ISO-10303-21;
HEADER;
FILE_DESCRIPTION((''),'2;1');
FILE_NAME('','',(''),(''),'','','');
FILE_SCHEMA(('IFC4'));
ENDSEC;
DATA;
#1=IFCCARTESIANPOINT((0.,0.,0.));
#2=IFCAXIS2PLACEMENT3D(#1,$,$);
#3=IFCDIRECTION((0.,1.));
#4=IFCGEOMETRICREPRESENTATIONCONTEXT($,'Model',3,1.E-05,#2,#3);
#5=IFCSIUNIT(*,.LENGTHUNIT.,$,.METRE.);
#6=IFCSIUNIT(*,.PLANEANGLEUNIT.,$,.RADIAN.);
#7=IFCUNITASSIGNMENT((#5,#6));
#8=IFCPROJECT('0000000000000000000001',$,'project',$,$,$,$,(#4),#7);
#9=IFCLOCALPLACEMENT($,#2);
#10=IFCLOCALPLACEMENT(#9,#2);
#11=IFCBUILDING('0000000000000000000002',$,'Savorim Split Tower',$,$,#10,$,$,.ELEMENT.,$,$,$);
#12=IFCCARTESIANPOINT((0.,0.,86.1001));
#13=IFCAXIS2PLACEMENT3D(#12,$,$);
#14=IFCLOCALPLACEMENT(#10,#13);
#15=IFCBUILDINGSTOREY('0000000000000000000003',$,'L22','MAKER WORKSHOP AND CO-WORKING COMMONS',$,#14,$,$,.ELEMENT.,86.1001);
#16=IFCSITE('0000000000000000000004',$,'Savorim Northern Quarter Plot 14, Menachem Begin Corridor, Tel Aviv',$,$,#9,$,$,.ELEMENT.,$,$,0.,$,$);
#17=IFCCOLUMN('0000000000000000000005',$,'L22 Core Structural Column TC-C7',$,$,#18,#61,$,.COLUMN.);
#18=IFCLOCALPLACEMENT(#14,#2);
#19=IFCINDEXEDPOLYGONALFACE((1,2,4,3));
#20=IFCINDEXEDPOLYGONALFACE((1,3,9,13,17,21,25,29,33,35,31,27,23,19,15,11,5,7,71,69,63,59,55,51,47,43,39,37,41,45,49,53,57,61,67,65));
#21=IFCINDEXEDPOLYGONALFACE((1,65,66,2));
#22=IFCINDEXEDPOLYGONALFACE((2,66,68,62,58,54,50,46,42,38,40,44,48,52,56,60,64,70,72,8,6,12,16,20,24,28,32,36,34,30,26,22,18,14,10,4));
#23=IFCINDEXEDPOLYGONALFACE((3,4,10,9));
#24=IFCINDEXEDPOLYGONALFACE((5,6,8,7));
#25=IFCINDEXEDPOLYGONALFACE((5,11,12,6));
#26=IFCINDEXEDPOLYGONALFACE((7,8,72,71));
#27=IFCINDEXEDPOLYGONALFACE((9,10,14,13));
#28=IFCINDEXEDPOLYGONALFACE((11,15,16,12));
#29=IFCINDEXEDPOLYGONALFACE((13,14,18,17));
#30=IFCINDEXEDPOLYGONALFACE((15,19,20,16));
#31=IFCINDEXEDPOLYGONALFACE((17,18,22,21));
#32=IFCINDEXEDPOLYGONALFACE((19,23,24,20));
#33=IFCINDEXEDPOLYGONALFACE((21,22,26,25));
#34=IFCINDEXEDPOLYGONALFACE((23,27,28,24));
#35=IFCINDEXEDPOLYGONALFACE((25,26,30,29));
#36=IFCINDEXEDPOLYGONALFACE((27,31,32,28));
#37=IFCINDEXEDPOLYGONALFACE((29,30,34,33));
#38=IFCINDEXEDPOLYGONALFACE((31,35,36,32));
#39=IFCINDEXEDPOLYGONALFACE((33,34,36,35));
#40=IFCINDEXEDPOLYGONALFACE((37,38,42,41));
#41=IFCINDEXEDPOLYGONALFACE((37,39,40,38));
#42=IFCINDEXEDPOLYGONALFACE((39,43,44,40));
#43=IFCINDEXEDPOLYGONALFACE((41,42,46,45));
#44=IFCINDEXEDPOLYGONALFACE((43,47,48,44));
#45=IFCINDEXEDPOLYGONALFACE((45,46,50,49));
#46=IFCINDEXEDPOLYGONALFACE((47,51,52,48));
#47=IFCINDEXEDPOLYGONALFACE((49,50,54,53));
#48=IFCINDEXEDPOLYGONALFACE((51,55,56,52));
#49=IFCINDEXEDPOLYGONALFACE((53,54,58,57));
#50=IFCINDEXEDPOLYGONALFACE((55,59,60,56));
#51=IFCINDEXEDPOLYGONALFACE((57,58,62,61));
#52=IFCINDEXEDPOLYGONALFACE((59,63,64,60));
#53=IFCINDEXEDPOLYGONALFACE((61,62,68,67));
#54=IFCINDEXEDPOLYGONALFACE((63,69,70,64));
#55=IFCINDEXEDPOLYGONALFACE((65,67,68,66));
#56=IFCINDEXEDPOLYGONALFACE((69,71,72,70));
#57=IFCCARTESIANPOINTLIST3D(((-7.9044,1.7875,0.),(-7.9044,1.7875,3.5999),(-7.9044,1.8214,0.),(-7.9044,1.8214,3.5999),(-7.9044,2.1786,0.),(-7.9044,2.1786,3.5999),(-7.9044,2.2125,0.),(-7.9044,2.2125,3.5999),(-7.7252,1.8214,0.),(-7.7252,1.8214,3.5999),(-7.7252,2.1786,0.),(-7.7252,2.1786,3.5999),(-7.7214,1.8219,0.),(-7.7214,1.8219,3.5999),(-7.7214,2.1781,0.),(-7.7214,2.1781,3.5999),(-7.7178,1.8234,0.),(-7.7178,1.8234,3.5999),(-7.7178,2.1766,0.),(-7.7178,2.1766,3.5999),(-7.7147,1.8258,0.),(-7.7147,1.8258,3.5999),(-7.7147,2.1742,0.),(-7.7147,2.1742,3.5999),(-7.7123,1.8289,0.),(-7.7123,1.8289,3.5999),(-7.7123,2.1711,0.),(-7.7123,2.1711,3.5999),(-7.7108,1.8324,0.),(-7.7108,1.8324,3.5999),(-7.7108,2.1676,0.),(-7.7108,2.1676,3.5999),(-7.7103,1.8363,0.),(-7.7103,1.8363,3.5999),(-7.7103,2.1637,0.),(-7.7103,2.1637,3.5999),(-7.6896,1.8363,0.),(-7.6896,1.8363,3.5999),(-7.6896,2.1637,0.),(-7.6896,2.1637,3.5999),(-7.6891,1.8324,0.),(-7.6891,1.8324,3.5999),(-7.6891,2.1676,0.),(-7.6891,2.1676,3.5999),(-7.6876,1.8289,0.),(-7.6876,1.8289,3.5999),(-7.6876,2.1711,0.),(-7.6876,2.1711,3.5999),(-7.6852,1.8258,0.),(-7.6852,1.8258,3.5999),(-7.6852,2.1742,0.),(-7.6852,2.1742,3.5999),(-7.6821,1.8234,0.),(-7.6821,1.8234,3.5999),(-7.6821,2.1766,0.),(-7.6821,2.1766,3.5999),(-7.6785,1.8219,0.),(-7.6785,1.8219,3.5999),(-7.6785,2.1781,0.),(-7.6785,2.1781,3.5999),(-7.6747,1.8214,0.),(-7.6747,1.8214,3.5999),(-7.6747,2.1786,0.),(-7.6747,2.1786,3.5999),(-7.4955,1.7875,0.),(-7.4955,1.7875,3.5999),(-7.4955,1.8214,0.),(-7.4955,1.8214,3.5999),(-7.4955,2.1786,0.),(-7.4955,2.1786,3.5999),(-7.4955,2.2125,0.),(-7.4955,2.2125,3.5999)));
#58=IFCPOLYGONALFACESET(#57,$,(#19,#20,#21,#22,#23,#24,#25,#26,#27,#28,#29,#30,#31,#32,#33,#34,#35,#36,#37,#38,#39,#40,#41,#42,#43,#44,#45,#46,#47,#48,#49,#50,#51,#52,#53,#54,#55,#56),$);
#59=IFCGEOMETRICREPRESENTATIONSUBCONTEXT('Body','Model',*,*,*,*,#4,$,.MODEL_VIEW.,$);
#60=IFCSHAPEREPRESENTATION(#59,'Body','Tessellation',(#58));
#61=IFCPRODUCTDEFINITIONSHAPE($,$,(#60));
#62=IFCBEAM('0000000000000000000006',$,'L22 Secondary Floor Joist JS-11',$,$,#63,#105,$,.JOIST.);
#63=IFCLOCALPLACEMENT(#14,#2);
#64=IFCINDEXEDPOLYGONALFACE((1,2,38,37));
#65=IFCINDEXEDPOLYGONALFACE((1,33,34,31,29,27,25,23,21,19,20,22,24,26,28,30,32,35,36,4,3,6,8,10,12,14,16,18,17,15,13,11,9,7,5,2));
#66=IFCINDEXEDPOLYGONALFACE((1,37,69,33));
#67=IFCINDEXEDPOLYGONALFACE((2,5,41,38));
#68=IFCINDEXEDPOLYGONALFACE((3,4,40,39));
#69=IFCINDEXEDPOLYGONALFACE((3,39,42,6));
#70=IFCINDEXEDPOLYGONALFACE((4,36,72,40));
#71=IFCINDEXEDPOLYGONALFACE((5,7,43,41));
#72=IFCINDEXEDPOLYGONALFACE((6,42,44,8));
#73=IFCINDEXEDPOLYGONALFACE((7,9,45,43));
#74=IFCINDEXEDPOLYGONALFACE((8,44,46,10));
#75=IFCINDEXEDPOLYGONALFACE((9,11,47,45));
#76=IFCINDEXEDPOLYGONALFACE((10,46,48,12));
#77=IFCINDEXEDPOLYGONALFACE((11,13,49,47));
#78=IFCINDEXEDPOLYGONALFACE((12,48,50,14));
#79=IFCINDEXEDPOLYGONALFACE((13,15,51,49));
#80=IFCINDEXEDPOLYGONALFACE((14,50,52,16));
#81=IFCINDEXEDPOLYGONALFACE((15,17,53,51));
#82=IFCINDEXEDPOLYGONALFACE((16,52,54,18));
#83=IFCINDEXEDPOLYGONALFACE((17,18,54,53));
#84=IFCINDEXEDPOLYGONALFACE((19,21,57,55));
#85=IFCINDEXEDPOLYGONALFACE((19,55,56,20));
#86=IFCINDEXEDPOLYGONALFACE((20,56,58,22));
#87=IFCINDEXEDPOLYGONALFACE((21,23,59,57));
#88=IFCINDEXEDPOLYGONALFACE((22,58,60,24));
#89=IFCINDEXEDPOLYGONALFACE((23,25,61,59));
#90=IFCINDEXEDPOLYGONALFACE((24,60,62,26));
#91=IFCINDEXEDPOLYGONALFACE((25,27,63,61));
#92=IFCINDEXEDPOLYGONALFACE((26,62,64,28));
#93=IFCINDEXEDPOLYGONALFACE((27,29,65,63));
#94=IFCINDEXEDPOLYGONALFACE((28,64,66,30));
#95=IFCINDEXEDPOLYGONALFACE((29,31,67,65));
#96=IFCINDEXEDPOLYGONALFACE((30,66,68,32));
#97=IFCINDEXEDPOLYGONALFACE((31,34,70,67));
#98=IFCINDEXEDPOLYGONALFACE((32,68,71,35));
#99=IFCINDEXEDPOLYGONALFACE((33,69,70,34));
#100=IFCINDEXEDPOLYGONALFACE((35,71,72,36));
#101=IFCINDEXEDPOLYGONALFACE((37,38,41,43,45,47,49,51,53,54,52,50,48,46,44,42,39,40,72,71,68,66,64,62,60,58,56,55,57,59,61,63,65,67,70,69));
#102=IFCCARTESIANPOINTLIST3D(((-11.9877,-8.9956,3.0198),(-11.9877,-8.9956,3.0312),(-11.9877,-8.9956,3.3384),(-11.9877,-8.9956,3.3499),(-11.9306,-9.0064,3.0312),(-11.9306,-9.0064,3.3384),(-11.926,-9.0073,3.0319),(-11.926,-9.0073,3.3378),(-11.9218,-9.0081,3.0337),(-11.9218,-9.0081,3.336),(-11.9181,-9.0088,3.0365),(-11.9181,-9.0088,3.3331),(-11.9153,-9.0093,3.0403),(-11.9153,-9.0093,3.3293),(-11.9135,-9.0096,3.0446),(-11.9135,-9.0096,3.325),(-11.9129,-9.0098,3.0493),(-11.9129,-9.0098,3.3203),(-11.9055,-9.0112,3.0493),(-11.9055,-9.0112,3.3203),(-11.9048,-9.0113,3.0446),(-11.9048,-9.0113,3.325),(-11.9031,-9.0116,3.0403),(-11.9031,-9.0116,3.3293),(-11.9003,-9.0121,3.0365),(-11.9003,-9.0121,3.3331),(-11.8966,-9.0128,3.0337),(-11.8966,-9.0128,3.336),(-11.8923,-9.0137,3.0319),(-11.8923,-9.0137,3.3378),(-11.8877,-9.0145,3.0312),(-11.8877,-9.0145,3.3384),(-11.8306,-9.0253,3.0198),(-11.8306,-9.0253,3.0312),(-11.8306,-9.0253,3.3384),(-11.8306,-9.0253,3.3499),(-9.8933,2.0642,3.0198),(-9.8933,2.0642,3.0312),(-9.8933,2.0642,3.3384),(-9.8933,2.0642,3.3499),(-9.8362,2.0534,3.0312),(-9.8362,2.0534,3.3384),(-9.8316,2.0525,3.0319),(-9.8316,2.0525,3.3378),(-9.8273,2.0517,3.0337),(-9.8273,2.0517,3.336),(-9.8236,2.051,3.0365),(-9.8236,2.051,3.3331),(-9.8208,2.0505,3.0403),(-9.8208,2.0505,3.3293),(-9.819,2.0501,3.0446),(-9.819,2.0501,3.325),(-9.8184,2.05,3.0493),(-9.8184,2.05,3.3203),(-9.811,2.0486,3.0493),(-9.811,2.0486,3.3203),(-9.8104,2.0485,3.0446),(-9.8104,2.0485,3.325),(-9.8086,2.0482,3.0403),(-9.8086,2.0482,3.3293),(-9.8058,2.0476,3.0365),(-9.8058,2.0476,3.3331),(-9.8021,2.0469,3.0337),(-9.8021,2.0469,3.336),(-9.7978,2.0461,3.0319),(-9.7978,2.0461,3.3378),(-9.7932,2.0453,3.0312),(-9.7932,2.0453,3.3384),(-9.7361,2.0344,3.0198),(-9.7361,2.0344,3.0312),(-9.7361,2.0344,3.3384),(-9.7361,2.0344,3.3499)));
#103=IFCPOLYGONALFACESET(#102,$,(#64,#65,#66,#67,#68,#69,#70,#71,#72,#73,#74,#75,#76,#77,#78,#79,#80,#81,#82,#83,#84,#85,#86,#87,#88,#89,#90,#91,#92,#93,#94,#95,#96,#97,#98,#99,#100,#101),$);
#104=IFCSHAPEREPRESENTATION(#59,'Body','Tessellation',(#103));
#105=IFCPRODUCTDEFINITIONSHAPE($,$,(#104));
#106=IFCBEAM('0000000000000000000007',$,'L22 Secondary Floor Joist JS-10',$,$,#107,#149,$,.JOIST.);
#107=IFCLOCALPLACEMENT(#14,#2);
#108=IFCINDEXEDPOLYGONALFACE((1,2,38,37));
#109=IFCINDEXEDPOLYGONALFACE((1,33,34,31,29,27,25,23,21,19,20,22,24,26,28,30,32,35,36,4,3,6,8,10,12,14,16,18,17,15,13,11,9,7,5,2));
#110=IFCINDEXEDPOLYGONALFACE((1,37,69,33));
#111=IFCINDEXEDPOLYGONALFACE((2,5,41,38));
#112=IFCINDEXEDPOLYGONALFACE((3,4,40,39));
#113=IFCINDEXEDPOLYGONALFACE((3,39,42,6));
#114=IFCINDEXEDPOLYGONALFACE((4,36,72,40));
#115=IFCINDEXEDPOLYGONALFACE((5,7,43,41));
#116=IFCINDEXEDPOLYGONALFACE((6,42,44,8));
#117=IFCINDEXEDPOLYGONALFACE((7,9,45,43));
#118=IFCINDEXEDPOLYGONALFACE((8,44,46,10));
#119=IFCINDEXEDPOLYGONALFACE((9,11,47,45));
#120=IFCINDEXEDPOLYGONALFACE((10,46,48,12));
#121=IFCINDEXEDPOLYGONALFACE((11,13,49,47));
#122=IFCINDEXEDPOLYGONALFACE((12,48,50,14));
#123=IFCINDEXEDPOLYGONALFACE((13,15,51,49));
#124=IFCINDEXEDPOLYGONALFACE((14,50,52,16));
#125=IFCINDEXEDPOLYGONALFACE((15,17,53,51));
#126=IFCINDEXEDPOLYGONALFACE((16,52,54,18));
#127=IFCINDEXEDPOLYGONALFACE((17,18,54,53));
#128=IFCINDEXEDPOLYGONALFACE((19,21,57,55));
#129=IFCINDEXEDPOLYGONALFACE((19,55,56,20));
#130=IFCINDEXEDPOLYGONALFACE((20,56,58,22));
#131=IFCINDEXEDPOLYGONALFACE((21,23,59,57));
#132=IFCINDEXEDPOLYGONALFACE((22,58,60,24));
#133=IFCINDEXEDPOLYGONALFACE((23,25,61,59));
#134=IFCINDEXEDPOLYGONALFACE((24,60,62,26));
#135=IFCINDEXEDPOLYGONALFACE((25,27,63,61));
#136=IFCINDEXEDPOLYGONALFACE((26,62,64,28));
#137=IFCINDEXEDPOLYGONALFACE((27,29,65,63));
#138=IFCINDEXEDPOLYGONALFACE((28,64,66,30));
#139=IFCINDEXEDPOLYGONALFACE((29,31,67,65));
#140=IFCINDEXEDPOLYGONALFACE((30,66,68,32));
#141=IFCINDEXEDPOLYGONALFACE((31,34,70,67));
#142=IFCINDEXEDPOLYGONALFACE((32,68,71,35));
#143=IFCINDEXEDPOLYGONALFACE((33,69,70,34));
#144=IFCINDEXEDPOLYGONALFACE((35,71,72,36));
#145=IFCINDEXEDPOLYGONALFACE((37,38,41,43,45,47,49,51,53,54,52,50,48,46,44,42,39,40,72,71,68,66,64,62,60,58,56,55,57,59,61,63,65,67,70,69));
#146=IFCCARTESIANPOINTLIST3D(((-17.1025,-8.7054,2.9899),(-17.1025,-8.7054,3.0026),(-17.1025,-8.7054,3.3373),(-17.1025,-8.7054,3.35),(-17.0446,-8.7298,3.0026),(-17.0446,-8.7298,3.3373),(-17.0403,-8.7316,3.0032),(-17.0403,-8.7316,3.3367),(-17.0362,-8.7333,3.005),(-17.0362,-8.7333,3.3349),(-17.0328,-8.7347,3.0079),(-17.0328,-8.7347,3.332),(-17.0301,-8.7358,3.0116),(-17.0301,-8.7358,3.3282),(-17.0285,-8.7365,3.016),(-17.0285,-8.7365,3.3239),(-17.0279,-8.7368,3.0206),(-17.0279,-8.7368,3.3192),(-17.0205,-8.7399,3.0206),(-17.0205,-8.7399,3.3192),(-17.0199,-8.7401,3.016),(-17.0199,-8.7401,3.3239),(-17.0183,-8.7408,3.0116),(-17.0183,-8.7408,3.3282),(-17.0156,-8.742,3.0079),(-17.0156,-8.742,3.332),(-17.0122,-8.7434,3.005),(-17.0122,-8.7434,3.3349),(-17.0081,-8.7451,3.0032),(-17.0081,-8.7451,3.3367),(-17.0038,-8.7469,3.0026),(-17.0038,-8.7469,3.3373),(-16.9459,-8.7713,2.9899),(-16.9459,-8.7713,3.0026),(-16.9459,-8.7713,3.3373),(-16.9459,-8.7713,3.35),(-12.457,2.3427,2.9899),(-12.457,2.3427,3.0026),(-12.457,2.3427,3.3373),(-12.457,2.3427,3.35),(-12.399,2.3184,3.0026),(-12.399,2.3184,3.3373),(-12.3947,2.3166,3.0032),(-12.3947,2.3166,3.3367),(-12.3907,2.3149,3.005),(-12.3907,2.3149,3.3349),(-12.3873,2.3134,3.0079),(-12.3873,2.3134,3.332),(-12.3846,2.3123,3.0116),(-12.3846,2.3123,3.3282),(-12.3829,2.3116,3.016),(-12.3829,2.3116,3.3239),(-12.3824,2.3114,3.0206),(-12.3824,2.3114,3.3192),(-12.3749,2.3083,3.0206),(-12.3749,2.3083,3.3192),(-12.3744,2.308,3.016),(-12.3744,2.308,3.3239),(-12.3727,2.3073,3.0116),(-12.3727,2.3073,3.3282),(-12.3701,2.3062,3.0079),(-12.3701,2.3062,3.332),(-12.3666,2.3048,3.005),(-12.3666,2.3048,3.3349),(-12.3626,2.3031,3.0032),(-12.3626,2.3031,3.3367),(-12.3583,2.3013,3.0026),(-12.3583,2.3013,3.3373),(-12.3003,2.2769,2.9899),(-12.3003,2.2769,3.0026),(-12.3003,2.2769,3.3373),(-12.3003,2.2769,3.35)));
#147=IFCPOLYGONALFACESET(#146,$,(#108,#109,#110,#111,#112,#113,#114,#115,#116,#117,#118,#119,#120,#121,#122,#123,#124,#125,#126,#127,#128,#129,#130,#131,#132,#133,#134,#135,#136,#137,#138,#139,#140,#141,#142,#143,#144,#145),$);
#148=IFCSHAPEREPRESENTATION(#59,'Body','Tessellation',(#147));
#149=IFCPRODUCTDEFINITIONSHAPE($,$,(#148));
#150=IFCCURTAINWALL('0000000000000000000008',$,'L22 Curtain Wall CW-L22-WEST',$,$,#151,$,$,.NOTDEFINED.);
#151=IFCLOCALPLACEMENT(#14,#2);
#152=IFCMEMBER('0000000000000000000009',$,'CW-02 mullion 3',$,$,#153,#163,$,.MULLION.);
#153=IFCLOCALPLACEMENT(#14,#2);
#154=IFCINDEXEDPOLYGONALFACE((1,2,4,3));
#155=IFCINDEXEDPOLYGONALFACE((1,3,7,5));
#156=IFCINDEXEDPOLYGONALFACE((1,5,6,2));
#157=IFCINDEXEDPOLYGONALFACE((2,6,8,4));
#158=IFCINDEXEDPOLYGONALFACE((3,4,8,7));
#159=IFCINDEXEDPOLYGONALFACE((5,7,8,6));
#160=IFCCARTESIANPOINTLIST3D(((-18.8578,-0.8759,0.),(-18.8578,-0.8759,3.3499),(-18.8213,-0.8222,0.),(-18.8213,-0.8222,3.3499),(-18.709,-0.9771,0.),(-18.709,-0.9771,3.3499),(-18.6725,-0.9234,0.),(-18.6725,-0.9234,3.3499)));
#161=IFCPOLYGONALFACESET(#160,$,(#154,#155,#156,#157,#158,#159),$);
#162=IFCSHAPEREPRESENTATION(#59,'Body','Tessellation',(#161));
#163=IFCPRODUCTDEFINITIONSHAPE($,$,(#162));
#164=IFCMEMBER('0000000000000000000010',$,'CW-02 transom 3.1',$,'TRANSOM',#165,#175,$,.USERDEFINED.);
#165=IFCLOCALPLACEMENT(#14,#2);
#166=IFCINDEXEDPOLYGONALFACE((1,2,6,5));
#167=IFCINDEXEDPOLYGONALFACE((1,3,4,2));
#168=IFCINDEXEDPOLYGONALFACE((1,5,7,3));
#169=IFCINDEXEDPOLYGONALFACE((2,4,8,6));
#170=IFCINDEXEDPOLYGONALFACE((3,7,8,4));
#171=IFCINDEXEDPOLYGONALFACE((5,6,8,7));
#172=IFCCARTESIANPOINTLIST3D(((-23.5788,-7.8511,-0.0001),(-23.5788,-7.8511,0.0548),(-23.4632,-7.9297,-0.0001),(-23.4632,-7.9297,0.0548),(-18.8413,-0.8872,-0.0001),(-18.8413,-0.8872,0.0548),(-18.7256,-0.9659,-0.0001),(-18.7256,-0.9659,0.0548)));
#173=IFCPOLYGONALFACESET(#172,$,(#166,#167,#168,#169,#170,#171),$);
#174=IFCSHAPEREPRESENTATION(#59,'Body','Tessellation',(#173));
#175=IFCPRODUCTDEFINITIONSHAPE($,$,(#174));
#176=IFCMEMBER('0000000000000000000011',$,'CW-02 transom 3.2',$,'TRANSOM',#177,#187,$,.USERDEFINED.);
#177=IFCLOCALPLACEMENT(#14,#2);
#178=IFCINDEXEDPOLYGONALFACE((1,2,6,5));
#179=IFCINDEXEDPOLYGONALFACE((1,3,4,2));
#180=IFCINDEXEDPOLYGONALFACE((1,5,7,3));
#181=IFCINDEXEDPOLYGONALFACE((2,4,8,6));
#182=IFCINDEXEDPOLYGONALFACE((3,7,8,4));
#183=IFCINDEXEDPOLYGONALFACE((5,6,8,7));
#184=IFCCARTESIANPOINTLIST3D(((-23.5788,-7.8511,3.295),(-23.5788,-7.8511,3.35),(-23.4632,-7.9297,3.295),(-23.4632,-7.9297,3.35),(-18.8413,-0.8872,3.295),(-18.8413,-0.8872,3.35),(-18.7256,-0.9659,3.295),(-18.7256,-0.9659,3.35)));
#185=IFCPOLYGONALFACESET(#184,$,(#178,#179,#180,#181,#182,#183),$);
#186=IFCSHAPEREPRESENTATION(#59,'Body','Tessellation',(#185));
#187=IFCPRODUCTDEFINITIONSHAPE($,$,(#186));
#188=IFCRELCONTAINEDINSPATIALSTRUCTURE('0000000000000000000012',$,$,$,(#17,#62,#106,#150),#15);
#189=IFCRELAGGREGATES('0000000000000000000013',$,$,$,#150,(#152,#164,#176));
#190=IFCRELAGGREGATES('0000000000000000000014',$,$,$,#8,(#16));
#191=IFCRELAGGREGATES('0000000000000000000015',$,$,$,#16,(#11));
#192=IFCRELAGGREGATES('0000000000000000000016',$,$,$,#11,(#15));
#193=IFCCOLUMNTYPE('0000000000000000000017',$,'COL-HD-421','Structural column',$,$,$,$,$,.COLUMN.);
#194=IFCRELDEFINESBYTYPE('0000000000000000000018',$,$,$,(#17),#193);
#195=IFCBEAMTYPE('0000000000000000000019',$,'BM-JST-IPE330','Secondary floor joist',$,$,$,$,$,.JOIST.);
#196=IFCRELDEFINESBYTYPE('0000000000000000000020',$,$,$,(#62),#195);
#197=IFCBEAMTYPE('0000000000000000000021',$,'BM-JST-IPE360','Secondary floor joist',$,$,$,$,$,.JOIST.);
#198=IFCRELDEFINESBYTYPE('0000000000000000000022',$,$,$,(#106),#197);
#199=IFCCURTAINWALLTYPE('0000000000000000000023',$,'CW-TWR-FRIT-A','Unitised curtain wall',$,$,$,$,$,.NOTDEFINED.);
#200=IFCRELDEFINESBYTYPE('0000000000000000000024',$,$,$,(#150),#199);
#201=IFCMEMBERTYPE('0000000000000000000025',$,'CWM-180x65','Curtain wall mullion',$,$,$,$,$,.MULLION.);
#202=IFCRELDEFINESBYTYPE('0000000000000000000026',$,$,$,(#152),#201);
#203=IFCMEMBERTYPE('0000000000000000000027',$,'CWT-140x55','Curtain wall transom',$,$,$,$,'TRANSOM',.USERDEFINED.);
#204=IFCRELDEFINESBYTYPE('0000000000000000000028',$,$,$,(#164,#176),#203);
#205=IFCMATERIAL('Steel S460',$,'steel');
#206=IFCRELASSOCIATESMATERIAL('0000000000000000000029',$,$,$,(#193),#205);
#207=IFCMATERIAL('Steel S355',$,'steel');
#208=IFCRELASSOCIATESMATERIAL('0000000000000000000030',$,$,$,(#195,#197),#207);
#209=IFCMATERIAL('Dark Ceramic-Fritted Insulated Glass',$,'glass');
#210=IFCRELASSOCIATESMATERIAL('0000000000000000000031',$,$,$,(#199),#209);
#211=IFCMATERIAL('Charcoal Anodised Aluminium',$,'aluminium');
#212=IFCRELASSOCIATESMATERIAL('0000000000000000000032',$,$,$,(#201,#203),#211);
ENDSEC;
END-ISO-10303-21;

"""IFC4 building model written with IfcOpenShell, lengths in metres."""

from ifc_helpers import new_model, si_unit, direction, frame, origin, origin_2d, place, context, subcontext, project, spatial, rectangle, i_section, extrude, material, material_profile, profile_set, type_object, element, aggregate, save


model = new_model("IFC4")

# Units and contexts
model_context = context("Model", 3, precision=1e-05, world=origin(), true_north=direction((0.0, 1.0)))
body_context = subcontext(model_context, "Body", "Model", "MODEL_VIEW")
ifc_project = project(units=[si_unit("LENGTHUNIT", "METRE"), si_unit("PLANEANGLEUNIT", "RADIAN")], contexts=[model_context])

# Site, building, storey
site_placement = place(None, origin())
site = spatial("IfcSite", under=ifc_project, at=site_placement, Name="Savorim Northern Quarter Plot 14, Menachem Begin Corridor, Tel Aviv", CompositionType="ELEMENT", RefElevation=0.0)
building_placement = place(site_placement, origin())
building = spatial("IfcBuilding", under=site, at=building_placement, Name="Savorim Split Tower", CompositionType="ELEMENT")
storey_placement = place(building_placement, frame((0.0, 0.0, 86.1001)))
storey = spatial("IfcBuildingStorey", under=building, at=storey_placement, Name="L22", Description="MAKER WORKSHOP AND CO-WORKING COMMONS", CompositionType="ELEMENT", Elevation=86.1001)

# Column
ifc_material_1 = material(Name="Steel S460", Category="steel")
ifc_material_profile_1 = material_profile(ifc_material_1, i_section(OverallWidth=0.4089, OverallDepth=0.425, WebThickness=0.0208, FlangeThickness=0.0339, FilletRadius=0.0149, at=origin_2d()), Name="HD 400x421")
ifc_profile_set_1 = profile_set([ifc_material_profile_1], Name="Steel S460")
column_type = type_object("IfcColumnType", Name="COL-HD-421", Description="Structural column", PredefinedType="COLUMN", material=ifc_profile_set_1)
column_placement = place(storey_placement, frame((-7.7, 2.0, 0.0), z_axis=(0.0, 0.0, 1.0), x_axis=(1.0, 0.0, 0.0)))
element("IfcColumn", 1, at=column_placement, inside=storey, type_object=column_type, Name="L22 Core Structural Column TC-C7", PredefinedType="COLUMN", context=body_context, shape_type="SweptSolid", body=[
    extrude(i_section(OverallWidth=0.4089, OverallDepth=0.425, WebThickness=0.0208, FlangeThickness=0.0339, FilletRadius=0.0149, at=origin_2d()), origin(), (0.0, 0.0, 1.0), 3.5999),
])

# Beams
ifc_material_2 = material(Name="Steel S355", Category="steel")
ifc_material_profile_2 = material_profile(ifc_material_2, i_section(OverallWidth=0.1599, OverallDepth=0.3301, WebThickness=0.0076, FlangeThickness=0.0115, FilletRadius=0.0181, at=origin_2d()), Name="IPE 330")
ifc_profile_set_2 = profile_set([ifc_material_profile_2], Name="Steel S355")
beam_type_1 = type_object("IfcBeamType", Name="BM-JST-IPE330", Description="Secondary floor joist", PredefinedType="JOIST", material=ifc_profile_set_2)
beam_1_placement = place(storey_placement, frame((-9.8147, 2.0493, 3.1848), z_axis=(-0.186071, -0.982536, 0.0), x_axis=(0.982536, -0.186071, 0.0)))
element("IfcBeam", 2, at=beam_1_placement, inside=storey, type_object=beam_type_1, Name="L22 Secondary Floor Joist JS-11", PredefinedType="JOIST", context=body_context, shape_type="SweptSolid", body=[
    extrude(i_section(OverallWidth=0.1599, OverallDepth=0.3301, WebThickness=0.0076, FlangeThickness=0.0115, FilletRadius=0.0181, at=origin_2d()), origin(), (0.0, 0.0, 1.0), 11.2563),
])
ifc_material_profile_3 = material_profile(ifc_material_2, i_section(OverallWidth=0.1699, OverallDepth=0.3601, WebThickness=0.0081, FlangeThickness=0.0127, FilletRadius=0.0181, at=origin_2d()), Name="IPE 360")
ifc_profile_set_3 = profile_set([ifc_material_profile_3], Name="Steel S355")
beam_type_2 = type_object("IfcBeamType", Name="BM-JST-IPE360", Description="Secondary floor joist", PredefinedType="JOIST", material=ifc_profile_set_3)
beam_2_placement = place(storey_placement, frame((-12.3787, 2.3098, 3.1699), z_axis=(-0.387609, -0.921824, 0.0), x_axis=(0.921824, -0.387609, 0.0)))
element("IfcBeam", 3, at=beam_2_placement, inside=storey, type_object=beam_type_2, Name="L22 Secondary Floor Joist JS-10", PredefinedType="JOIST", context=body_context, shape_type="SweptSolid", body=[
    extrude(i_section(OverallWidth=0.1699, OverallDepth=0.3601, WebThickness=0.0081, FlangeThickness=0.0127, FilletRadius=0.0181, at=origin_2d()), origin(), (0.0, 0.0, 1.0), 11.9851),
])

# Curtain wall, members
ifc_material_3 = material(Name="Dark Ceramic-Fritted Insulated Glass", Category="glass")
curtain_wall_type = type_object("IfcCurtainWallType", Name="CW-TWR-FRIT-A", Description="Unitised curtain wall", PredefinedType="NOTDEFINED", material=ifc_material_3)
curtain_wall_placement = place(storey_placement, origin())
curtain_wall = element("IfcCurtainWall", 4, at=curtain_wall_placement, inside=storey, type_object=curtain_wall_type, Name="L22 Curtain Wall CW-L22-WEST", PredefinedType="NOTDEFINED")
ifc_material_4 = material(Name="Charcoal Anodised Aluminium", Category="aluminium")
ifc_material_profile_4 = material_profile(ifc_material_4, rectangle(XDim=0.1799, YDim=0.0649, at=origin_2d()), Name="ALU-M 180x65")
ifc_profile_set_4 = profile_set([ifc_material_profile_4], Name="Charcoal Anodised Aluminium")
member_type_1 = type_object("IfcMemberType", Name="CWM-180x65", Description="Curtain wall mullion", PredefinedType="MULLION", material=ifc_profile_set_4)
member_1_placement = place(storey_placement, frame((-18.7651, -0.8997, 0.0), z_axis=(0.0, 0.0, 1.0), x_axis=(0.826819, -0.562468, 0.0)))
member_1 = element("IfcMember", 5, at=member_1_placement, type_object=member_type_1, Name="CW-02 mullion 3", PredefinedType="MULLION", context=body_context, shape_type="SweptSolid", body=[
    extrude(rectangle(XDim=0.1799, YDim=0.0649, at=origin_2d()), origin(), (0.0, 0.0, 1.0), 3.3499),
])
ifc_material_profile_5 = material_profile(ifc_material_4, rectangle(XDim=0.1399, YDim=0.0549, at=origin_2d()), Name="ALU-T 140x55")
ifc_profile_set_5 = profile_set([ifc_material_profile_5], Name="Charcoal Anodised Aluminium")
member_type_2 = type_object("IfcMemberType", Name="CWT-140x55", Description="Curtain wall transom", ElementType="TRANSOM", PredefinedType="USERDEFINED", material=ifc_profile_set_5)
member_2_placement = place(storey_placement, frame((-18.7834, -0.9265, 0.0273), z_axis=(-0.562482, -0.826809, 0.0), x_axis=(0.826809, -0.562482, 0.0)))
member_2 = element("IfcMember", 6, at=member_2_placement, type_object=member_type_2, Name="CW-02 transom 3.1", ObjectType="TRANSOM", PredefinedType="USERDEFINED", context=body_context, shape_type="SweptSolid", body=[
    extrude(rectangle(XDim=0.1399, YDim=0.0549, at=origin_2d()), origin(), (0.0, 0.0, 1.0), 8.4226),
])
member_3_placement = place(storey_placement, frame((-18.7834, -0.9265, 3.3225), z_axis=(-0.562482, -0.826809, 0.0), x_axis=(0.826809, -0.562482, 0.0)))
member_3 = element("IfcMember", 7, at=member_3_placement, type_object=member_type_2, Name="CW-02 transom 3.2", ObjectType="TRANSOM", PredefinedType="USERDEFINED", context=body_context, shape_type="SweptSolid", body=[
    extrude(rectangle(XDim=0.1399, YDim=0.0549, at=origin_2d()), origin(), (0.0, 0.0, 1.0), 8.4226),
])
aggregate(curtain_wall, [member_1, member_2, member_3])

save(model, "model.ifc")
